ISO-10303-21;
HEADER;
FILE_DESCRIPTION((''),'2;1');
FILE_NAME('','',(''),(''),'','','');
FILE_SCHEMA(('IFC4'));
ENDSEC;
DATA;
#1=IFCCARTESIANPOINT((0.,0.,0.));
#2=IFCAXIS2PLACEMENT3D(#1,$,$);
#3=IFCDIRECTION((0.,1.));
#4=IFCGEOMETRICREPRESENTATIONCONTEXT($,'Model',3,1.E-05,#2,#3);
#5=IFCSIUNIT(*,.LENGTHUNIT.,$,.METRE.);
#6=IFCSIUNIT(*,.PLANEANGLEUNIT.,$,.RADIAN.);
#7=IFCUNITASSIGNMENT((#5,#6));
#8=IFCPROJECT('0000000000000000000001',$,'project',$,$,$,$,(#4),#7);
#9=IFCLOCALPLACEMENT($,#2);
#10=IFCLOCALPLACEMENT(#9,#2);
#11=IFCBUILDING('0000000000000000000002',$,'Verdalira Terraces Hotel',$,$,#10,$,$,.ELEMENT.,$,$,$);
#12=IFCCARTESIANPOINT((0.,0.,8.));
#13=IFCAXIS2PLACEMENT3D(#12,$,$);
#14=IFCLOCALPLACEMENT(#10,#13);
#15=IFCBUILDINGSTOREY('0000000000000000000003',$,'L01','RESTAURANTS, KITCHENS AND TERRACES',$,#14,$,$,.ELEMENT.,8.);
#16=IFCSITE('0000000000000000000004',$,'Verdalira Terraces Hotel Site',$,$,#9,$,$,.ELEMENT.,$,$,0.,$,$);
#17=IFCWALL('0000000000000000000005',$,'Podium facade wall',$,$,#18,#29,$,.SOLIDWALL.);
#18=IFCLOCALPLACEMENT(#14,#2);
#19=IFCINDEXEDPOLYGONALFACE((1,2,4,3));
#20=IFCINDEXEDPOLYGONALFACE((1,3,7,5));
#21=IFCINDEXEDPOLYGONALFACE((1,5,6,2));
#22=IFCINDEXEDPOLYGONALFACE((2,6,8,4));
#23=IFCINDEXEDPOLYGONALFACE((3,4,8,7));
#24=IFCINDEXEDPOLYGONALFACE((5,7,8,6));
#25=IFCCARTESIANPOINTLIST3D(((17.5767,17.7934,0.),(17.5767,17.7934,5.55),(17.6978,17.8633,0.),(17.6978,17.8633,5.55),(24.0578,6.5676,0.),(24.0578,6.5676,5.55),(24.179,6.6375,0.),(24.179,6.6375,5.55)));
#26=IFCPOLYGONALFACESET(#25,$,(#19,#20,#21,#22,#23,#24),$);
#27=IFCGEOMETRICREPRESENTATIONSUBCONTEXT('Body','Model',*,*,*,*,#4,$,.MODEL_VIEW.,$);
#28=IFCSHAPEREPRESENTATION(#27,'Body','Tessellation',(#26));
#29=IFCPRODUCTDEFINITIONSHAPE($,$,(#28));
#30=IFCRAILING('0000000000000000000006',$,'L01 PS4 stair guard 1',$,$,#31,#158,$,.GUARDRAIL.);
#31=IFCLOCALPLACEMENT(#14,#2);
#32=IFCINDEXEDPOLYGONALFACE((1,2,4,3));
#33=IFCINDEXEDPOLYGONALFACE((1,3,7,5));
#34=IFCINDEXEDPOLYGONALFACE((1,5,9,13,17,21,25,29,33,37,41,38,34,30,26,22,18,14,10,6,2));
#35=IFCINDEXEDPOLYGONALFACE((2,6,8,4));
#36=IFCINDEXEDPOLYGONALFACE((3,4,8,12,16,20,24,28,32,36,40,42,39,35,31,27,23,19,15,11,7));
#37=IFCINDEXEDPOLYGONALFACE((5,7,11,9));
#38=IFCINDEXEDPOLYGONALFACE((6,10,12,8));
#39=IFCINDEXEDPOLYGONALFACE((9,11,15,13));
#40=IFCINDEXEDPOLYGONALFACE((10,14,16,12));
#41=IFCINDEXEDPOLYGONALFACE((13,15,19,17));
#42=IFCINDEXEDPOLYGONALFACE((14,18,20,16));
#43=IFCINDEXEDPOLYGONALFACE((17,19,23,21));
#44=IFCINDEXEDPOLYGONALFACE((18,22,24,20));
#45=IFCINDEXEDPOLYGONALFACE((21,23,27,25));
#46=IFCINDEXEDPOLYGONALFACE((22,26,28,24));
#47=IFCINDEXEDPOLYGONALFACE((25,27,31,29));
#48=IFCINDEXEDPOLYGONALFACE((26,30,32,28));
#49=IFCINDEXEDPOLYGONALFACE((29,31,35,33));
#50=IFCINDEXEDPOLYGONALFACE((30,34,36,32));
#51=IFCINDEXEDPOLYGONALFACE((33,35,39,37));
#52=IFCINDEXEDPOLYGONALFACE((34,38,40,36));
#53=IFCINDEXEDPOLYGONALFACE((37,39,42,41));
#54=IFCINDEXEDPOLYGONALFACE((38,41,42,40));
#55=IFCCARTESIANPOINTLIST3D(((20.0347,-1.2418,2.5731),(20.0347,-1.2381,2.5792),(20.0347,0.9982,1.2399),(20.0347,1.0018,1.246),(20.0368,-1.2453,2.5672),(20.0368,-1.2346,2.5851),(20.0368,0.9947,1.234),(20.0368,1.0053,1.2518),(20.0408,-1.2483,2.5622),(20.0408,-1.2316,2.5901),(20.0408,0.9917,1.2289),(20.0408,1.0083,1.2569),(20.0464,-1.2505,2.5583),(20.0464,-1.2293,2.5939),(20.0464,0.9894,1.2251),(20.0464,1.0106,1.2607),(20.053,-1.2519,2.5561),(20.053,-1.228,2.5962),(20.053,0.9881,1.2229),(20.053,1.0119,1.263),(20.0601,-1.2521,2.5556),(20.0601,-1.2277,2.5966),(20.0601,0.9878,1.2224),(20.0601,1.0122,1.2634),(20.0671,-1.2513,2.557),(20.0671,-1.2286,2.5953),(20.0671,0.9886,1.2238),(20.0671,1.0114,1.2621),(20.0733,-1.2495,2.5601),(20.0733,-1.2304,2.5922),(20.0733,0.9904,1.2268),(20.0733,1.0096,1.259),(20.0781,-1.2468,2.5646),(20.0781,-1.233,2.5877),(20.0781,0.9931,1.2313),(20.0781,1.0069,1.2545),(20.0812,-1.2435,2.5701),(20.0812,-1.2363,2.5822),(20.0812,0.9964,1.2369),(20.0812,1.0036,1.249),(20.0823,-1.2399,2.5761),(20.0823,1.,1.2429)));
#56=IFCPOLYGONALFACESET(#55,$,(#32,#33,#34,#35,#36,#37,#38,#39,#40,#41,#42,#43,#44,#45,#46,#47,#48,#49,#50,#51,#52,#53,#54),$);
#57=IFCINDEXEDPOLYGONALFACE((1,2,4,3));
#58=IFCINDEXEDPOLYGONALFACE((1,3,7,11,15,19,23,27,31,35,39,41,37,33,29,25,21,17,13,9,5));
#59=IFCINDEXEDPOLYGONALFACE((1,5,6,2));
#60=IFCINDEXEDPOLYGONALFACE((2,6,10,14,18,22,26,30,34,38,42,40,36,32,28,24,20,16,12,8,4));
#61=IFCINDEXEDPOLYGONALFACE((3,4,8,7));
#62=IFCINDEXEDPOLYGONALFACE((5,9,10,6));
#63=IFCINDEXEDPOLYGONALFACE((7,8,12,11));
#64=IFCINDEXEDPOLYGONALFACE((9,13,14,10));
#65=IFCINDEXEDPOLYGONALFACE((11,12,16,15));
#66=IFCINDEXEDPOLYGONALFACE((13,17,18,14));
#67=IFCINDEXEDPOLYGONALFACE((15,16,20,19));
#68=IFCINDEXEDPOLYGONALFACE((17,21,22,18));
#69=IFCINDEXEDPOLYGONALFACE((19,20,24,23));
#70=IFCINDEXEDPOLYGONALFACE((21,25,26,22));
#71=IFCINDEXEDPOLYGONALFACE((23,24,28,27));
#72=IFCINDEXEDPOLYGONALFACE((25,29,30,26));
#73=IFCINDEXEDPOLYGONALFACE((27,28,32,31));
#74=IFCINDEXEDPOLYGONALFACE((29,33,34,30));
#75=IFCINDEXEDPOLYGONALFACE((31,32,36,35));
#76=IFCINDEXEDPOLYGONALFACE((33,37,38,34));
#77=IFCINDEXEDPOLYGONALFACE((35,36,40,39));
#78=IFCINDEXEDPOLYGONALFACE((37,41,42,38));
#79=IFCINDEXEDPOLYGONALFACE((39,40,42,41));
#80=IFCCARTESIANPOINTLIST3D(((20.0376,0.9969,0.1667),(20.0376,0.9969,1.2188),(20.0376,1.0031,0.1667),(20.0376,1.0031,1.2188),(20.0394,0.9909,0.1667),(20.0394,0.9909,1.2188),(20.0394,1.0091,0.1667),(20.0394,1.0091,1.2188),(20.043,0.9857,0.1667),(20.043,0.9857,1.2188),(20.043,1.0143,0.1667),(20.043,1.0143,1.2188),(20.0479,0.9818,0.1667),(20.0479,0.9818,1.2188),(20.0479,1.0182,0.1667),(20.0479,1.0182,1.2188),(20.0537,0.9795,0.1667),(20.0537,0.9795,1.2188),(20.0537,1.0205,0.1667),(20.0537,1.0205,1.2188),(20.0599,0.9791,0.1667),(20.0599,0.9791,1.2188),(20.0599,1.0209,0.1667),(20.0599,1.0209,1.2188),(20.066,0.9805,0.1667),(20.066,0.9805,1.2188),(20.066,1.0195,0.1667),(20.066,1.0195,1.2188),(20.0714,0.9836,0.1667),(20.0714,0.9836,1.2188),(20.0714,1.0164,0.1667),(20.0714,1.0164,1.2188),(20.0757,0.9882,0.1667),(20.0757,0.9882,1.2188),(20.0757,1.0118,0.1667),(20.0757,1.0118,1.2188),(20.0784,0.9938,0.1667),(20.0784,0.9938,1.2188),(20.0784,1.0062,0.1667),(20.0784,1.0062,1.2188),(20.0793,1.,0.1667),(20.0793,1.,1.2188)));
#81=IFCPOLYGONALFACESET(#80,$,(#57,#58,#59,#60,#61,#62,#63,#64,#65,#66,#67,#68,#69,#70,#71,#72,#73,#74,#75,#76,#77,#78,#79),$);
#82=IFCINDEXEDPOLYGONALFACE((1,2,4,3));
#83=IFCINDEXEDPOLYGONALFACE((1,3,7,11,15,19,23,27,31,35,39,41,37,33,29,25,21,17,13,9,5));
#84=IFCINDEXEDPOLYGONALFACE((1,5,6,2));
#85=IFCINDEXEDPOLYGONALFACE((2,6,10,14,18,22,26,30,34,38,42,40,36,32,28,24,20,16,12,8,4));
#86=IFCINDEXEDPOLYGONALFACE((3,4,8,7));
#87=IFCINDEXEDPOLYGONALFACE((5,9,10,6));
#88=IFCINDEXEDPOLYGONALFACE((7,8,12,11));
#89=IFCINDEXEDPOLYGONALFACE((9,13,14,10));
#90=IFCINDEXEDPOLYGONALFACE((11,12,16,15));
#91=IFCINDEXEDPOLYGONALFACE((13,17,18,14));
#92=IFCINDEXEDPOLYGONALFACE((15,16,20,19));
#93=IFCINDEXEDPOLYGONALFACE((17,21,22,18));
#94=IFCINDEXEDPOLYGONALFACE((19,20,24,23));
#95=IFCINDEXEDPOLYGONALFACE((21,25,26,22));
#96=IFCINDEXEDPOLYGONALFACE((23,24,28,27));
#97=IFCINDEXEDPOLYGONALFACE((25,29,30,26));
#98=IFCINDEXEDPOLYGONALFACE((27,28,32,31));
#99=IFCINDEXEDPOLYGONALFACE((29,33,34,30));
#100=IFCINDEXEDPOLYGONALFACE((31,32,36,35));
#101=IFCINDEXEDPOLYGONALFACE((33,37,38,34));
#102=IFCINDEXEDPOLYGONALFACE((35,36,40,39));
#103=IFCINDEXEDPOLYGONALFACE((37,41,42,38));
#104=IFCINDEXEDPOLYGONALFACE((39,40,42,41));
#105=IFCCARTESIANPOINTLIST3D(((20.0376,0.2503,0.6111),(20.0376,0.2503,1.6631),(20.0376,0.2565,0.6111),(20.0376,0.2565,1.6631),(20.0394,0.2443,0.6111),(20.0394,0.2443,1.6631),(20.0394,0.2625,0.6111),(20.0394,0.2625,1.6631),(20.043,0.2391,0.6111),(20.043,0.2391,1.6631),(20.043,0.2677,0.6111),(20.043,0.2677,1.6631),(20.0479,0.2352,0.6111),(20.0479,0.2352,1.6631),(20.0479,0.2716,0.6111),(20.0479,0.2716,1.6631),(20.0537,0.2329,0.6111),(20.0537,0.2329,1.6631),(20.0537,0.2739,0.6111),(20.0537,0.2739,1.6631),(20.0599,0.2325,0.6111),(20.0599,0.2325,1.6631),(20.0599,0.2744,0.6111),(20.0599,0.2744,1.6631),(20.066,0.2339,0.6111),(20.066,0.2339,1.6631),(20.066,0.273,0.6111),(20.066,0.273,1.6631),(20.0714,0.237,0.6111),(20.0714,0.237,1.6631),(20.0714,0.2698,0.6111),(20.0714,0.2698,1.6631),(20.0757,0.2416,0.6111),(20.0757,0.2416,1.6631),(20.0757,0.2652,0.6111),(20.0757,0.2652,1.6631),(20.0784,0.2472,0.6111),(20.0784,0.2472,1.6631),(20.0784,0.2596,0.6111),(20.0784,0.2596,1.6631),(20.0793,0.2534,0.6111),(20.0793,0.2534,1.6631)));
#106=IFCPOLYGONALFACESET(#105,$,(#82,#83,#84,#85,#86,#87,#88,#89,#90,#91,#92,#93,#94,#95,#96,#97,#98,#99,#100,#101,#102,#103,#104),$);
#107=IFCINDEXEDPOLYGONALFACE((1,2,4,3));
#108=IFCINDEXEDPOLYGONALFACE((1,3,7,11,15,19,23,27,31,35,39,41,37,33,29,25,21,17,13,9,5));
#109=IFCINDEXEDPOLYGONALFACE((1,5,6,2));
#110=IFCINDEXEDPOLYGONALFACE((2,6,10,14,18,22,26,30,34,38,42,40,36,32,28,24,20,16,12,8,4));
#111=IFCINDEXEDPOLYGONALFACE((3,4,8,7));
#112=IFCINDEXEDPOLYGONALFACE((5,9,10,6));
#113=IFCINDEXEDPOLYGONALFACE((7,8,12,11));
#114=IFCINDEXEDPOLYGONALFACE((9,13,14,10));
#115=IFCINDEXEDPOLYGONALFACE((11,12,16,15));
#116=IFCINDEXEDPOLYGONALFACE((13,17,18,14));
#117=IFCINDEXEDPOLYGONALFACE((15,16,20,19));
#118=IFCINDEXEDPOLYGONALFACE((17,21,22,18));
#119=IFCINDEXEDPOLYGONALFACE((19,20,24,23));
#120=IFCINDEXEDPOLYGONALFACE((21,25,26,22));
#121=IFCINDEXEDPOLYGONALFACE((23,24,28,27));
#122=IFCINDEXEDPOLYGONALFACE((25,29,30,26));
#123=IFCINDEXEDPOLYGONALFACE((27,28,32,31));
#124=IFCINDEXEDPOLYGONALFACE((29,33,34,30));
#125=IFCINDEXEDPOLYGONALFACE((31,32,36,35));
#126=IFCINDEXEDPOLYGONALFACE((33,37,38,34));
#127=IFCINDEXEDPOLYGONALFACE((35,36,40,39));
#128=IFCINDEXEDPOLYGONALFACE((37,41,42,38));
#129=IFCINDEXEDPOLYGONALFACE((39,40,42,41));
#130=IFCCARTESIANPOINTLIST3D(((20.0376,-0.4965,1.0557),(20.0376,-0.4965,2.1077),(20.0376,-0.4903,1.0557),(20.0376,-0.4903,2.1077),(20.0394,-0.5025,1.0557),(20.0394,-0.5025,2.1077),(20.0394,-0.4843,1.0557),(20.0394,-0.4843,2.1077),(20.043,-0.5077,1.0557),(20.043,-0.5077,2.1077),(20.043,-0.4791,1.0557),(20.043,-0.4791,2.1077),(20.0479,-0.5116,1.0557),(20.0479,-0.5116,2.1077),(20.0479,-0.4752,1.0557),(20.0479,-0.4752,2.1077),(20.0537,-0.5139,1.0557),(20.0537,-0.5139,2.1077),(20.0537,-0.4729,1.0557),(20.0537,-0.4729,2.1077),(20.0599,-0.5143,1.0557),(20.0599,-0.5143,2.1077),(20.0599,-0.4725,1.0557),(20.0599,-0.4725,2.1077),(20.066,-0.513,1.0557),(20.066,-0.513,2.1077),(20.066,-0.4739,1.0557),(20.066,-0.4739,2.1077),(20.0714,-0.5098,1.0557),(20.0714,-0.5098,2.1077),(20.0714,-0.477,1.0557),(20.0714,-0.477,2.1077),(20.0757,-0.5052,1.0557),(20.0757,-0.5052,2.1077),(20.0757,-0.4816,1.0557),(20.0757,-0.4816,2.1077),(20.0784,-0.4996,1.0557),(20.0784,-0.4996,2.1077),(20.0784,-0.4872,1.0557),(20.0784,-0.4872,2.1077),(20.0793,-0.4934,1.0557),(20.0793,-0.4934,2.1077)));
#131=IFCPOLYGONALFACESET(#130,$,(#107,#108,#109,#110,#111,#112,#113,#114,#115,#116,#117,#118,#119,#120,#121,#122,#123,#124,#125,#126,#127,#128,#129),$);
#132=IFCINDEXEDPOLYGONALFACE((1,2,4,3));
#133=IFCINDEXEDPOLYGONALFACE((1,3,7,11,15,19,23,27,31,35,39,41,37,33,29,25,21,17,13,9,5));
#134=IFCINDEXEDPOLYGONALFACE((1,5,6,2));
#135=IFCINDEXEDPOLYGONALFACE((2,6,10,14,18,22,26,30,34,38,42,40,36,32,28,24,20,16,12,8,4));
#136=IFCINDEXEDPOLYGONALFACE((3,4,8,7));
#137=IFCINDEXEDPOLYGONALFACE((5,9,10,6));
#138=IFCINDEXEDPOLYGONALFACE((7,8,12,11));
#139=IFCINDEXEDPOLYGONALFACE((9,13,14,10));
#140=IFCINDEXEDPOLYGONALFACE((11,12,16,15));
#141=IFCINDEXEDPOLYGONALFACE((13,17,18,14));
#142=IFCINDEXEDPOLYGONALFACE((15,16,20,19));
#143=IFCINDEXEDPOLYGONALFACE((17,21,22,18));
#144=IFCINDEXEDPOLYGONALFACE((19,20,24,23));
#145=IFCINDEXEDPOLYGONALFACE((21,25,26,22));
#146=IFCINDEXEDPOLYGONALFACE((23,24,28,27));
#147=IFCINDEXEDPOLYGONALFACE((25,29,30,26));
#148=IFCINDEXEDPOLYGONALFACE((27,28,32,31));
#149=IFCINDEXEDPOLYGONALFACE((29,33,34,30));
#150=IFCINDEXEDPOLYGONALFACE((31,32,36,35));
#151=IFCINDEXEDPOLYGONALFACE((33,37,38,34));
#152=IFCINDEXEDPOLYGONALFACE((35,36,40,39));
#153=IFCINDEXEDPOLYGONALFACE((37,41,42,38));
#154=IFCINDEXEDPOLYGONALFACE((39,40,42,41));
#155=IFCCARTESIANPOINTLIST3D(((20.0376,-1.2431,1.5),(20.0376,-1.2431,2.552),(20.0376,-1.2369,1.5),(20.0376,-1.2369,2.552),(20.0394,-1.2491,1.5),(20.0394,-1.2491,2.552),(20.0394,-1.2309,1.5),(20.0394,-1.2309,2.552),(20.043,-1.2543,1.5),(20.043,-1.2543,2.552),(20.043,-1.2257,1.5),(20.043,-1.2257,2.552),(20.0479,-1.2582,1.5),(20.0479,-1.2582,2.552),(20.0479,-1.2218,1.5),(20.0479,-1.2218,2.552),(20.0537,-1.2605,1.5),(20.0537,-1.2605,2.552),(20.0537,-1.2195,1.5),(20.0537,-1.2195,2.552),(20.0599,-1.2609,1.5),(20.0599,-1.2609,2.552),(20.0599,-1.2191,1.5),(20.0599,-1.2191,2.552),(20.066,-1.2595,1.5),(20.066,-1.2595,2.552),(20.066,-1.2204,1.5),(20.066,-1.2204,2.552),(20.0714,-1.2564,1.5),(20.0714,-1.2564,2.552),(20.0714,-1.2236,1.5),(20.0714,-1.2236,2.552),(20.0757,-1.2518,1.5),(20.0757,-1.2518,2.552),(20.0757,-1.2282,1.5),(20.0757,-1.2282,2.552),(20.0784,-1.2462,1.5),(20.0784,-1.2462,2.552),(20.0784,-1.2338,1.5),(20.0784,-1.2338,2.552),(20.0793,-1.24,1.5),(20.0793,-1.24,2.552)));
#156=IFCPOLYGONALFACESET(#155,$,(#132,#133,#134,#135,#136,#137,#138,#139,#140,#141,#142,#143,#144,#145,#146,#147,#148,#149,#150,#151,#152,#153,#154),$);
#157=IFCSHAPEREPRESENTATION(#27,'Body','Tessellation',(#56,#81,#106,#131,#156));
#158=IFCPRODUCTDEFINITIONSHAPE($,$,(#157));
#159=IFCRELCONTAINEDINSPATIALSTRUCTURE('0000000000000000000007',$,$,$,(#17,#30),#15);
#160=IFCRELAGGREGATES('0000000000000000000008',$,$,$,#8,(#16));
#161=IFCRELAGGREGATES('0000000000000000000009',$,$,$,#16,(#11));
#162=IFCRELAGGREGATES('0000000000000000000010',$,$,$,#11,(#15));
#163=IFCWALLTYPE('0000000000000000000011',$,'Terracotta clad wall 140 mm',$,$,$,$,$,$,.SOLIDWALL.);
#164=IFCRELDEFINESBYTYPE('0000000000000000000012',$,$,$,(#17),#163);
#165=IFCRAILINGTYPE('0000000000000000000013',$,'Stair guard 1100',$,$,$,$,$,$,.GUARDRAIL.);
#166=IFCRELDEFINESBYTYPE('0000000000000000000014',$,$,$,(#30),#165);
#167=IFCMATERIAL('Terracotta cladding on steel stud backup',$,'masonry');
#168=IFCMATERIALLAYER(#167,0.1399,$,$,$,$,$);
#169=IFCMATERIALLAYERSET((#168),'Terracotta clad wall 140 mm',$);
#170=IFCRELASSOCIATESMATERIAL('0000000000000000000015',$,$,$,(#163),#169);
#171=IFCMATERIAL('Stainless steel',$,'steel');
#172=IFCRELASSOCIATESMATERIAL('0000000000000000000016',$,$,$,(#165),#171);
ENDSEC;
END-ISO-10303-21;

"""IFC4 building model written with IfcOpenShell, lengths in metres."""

from ifc_helpers import new_model, si_unit, direction, frame, frame_2d, origin, origin_2d, place, context, subcontext, project, spatial, rectangle, circle, extrude, material, layer, layer_set, type_object, element, save


model = new_model("IFC4")

# Units and contexts
model_context = context("Model", 3, precision=1e-05, world=origin(), true_north=direction((0.0, 1.0)))
body_context = subcontext(model_context, "Body", "Model", "MODEL_VIEW")
ifc_project = project(units=[si_unit("LENGTHUNIT", "METRE"), si_unit("PLANEANGLEUNIT", "RADIAN")], contexts=[model_context])

# Site, building, storey
site_placement = place(None, origin())
site = spatial("IfcSite", under=ifc_project, at=site_placement, Name="Verdalira Terraces Hotel Site", CompositionType="ELEMENT", RefElevation=0.0)
building_placement = place(site_placement, origin())
building = spatial("IfcBuilding", under=site, at=building_placement, Name="Verdalira Terraces Hotel", CompositionType="ELEMENT")
storey_placement = place(building_placement, frame((0.0, 0.0, 8.0)))
storey = spatial("IfcBuildingStorey", under=building, at=storey_placement, Name="L01", Description="RESTAURANTS, KITCHENS AND TERRACES", CompositionType="ELEMENT", Elevation=8.0)

# Wall
ifc_material_1 = material(Name="Terracotta cladding on steel stud backup", Category="masonry")
ifc_layer_1 = layer(ifc_material_1, 0.1399)
ifc_layer_set_1 = layer_set([ifc_layer_1], Name="Terracotta clad wall 140 mm")
wall_type_1 = type_object("IfcWallType", Name="Terracotta clad wall 140 mm", PredefinedType="SOLIDWALL", material=ifc_layer_set_1)
wall_1_placement = place(storey_placement, frame((24.1184, 6.6025, 0.0), z_axis=(0.0, 0.0, 1.0), x_axis=(-0.499998, 0.866027, 0.0)))
element("IfcWall", 1, at=wall_1_placement, inside=storey, type_object=wall_type_1, Name="Podium facade wall", PredefinedType="SOLIDWALL", context=body_context, shape_type="SweptSolid", body=[
    extrude(rectangle(XDim=12.9624, YDim=0.1399, at=frame_2d((6.4812, 0.0))), origin(), (0.0, 0.0, 1.0), 5.55),
])

# Railing
ifc_material_2 = material(Name="Stainless steel", Category="steel")
railing_type_1 = type_object("IfcRailingType", Name="Stair guard 1100", PredefinedType="GUARDRAIL", material=ifc_material_2)
railing_1_placement = place(storey_placement, frame((20.0584, 1.0, 0.1667)))
element("IfcRailing", 2, at=railing_1_placement, inside=storey, type_object=railing_type_1, Name="L01 PS4 stair guard 1", PredefinedType="GUARDRAIL", context=body_context, shape_type="SweptSolid", body=[
    extrude(circle(Radius=0.0239, at=origin_2d()), frame((0.0, 0.0, 1.0762), z_axis=(0.0, -0.859306, 0.511462), x_axis=(1.0, 0.0, 0.0)), (0.0, 0.0, 1.0), 2.6067),
    extrude(circle(Radius=0.021, at=origin_2d()), origin(), (0.0, 0.0, 1.0), 1.052),
    extrude(circle(Radius=0.021, at=origin_2d()), frame((0.0, -0.7466, 0.4443)), (0.0, 0.0, 1.0), 1.052),
    extrude(circle(Radius=0.021, at=origin_2d()), frame((0.0, -1.4934, 0.8889)), (0.0, 0.0, 1.0), 1.052),
    extrude(circle(Radius=0.021, at=origin_2d()), frame((0.0, -2.24, 1.3333)), (0.0, 0.0, 1.0), 1.052),
])

save(model, "model.ifc")
